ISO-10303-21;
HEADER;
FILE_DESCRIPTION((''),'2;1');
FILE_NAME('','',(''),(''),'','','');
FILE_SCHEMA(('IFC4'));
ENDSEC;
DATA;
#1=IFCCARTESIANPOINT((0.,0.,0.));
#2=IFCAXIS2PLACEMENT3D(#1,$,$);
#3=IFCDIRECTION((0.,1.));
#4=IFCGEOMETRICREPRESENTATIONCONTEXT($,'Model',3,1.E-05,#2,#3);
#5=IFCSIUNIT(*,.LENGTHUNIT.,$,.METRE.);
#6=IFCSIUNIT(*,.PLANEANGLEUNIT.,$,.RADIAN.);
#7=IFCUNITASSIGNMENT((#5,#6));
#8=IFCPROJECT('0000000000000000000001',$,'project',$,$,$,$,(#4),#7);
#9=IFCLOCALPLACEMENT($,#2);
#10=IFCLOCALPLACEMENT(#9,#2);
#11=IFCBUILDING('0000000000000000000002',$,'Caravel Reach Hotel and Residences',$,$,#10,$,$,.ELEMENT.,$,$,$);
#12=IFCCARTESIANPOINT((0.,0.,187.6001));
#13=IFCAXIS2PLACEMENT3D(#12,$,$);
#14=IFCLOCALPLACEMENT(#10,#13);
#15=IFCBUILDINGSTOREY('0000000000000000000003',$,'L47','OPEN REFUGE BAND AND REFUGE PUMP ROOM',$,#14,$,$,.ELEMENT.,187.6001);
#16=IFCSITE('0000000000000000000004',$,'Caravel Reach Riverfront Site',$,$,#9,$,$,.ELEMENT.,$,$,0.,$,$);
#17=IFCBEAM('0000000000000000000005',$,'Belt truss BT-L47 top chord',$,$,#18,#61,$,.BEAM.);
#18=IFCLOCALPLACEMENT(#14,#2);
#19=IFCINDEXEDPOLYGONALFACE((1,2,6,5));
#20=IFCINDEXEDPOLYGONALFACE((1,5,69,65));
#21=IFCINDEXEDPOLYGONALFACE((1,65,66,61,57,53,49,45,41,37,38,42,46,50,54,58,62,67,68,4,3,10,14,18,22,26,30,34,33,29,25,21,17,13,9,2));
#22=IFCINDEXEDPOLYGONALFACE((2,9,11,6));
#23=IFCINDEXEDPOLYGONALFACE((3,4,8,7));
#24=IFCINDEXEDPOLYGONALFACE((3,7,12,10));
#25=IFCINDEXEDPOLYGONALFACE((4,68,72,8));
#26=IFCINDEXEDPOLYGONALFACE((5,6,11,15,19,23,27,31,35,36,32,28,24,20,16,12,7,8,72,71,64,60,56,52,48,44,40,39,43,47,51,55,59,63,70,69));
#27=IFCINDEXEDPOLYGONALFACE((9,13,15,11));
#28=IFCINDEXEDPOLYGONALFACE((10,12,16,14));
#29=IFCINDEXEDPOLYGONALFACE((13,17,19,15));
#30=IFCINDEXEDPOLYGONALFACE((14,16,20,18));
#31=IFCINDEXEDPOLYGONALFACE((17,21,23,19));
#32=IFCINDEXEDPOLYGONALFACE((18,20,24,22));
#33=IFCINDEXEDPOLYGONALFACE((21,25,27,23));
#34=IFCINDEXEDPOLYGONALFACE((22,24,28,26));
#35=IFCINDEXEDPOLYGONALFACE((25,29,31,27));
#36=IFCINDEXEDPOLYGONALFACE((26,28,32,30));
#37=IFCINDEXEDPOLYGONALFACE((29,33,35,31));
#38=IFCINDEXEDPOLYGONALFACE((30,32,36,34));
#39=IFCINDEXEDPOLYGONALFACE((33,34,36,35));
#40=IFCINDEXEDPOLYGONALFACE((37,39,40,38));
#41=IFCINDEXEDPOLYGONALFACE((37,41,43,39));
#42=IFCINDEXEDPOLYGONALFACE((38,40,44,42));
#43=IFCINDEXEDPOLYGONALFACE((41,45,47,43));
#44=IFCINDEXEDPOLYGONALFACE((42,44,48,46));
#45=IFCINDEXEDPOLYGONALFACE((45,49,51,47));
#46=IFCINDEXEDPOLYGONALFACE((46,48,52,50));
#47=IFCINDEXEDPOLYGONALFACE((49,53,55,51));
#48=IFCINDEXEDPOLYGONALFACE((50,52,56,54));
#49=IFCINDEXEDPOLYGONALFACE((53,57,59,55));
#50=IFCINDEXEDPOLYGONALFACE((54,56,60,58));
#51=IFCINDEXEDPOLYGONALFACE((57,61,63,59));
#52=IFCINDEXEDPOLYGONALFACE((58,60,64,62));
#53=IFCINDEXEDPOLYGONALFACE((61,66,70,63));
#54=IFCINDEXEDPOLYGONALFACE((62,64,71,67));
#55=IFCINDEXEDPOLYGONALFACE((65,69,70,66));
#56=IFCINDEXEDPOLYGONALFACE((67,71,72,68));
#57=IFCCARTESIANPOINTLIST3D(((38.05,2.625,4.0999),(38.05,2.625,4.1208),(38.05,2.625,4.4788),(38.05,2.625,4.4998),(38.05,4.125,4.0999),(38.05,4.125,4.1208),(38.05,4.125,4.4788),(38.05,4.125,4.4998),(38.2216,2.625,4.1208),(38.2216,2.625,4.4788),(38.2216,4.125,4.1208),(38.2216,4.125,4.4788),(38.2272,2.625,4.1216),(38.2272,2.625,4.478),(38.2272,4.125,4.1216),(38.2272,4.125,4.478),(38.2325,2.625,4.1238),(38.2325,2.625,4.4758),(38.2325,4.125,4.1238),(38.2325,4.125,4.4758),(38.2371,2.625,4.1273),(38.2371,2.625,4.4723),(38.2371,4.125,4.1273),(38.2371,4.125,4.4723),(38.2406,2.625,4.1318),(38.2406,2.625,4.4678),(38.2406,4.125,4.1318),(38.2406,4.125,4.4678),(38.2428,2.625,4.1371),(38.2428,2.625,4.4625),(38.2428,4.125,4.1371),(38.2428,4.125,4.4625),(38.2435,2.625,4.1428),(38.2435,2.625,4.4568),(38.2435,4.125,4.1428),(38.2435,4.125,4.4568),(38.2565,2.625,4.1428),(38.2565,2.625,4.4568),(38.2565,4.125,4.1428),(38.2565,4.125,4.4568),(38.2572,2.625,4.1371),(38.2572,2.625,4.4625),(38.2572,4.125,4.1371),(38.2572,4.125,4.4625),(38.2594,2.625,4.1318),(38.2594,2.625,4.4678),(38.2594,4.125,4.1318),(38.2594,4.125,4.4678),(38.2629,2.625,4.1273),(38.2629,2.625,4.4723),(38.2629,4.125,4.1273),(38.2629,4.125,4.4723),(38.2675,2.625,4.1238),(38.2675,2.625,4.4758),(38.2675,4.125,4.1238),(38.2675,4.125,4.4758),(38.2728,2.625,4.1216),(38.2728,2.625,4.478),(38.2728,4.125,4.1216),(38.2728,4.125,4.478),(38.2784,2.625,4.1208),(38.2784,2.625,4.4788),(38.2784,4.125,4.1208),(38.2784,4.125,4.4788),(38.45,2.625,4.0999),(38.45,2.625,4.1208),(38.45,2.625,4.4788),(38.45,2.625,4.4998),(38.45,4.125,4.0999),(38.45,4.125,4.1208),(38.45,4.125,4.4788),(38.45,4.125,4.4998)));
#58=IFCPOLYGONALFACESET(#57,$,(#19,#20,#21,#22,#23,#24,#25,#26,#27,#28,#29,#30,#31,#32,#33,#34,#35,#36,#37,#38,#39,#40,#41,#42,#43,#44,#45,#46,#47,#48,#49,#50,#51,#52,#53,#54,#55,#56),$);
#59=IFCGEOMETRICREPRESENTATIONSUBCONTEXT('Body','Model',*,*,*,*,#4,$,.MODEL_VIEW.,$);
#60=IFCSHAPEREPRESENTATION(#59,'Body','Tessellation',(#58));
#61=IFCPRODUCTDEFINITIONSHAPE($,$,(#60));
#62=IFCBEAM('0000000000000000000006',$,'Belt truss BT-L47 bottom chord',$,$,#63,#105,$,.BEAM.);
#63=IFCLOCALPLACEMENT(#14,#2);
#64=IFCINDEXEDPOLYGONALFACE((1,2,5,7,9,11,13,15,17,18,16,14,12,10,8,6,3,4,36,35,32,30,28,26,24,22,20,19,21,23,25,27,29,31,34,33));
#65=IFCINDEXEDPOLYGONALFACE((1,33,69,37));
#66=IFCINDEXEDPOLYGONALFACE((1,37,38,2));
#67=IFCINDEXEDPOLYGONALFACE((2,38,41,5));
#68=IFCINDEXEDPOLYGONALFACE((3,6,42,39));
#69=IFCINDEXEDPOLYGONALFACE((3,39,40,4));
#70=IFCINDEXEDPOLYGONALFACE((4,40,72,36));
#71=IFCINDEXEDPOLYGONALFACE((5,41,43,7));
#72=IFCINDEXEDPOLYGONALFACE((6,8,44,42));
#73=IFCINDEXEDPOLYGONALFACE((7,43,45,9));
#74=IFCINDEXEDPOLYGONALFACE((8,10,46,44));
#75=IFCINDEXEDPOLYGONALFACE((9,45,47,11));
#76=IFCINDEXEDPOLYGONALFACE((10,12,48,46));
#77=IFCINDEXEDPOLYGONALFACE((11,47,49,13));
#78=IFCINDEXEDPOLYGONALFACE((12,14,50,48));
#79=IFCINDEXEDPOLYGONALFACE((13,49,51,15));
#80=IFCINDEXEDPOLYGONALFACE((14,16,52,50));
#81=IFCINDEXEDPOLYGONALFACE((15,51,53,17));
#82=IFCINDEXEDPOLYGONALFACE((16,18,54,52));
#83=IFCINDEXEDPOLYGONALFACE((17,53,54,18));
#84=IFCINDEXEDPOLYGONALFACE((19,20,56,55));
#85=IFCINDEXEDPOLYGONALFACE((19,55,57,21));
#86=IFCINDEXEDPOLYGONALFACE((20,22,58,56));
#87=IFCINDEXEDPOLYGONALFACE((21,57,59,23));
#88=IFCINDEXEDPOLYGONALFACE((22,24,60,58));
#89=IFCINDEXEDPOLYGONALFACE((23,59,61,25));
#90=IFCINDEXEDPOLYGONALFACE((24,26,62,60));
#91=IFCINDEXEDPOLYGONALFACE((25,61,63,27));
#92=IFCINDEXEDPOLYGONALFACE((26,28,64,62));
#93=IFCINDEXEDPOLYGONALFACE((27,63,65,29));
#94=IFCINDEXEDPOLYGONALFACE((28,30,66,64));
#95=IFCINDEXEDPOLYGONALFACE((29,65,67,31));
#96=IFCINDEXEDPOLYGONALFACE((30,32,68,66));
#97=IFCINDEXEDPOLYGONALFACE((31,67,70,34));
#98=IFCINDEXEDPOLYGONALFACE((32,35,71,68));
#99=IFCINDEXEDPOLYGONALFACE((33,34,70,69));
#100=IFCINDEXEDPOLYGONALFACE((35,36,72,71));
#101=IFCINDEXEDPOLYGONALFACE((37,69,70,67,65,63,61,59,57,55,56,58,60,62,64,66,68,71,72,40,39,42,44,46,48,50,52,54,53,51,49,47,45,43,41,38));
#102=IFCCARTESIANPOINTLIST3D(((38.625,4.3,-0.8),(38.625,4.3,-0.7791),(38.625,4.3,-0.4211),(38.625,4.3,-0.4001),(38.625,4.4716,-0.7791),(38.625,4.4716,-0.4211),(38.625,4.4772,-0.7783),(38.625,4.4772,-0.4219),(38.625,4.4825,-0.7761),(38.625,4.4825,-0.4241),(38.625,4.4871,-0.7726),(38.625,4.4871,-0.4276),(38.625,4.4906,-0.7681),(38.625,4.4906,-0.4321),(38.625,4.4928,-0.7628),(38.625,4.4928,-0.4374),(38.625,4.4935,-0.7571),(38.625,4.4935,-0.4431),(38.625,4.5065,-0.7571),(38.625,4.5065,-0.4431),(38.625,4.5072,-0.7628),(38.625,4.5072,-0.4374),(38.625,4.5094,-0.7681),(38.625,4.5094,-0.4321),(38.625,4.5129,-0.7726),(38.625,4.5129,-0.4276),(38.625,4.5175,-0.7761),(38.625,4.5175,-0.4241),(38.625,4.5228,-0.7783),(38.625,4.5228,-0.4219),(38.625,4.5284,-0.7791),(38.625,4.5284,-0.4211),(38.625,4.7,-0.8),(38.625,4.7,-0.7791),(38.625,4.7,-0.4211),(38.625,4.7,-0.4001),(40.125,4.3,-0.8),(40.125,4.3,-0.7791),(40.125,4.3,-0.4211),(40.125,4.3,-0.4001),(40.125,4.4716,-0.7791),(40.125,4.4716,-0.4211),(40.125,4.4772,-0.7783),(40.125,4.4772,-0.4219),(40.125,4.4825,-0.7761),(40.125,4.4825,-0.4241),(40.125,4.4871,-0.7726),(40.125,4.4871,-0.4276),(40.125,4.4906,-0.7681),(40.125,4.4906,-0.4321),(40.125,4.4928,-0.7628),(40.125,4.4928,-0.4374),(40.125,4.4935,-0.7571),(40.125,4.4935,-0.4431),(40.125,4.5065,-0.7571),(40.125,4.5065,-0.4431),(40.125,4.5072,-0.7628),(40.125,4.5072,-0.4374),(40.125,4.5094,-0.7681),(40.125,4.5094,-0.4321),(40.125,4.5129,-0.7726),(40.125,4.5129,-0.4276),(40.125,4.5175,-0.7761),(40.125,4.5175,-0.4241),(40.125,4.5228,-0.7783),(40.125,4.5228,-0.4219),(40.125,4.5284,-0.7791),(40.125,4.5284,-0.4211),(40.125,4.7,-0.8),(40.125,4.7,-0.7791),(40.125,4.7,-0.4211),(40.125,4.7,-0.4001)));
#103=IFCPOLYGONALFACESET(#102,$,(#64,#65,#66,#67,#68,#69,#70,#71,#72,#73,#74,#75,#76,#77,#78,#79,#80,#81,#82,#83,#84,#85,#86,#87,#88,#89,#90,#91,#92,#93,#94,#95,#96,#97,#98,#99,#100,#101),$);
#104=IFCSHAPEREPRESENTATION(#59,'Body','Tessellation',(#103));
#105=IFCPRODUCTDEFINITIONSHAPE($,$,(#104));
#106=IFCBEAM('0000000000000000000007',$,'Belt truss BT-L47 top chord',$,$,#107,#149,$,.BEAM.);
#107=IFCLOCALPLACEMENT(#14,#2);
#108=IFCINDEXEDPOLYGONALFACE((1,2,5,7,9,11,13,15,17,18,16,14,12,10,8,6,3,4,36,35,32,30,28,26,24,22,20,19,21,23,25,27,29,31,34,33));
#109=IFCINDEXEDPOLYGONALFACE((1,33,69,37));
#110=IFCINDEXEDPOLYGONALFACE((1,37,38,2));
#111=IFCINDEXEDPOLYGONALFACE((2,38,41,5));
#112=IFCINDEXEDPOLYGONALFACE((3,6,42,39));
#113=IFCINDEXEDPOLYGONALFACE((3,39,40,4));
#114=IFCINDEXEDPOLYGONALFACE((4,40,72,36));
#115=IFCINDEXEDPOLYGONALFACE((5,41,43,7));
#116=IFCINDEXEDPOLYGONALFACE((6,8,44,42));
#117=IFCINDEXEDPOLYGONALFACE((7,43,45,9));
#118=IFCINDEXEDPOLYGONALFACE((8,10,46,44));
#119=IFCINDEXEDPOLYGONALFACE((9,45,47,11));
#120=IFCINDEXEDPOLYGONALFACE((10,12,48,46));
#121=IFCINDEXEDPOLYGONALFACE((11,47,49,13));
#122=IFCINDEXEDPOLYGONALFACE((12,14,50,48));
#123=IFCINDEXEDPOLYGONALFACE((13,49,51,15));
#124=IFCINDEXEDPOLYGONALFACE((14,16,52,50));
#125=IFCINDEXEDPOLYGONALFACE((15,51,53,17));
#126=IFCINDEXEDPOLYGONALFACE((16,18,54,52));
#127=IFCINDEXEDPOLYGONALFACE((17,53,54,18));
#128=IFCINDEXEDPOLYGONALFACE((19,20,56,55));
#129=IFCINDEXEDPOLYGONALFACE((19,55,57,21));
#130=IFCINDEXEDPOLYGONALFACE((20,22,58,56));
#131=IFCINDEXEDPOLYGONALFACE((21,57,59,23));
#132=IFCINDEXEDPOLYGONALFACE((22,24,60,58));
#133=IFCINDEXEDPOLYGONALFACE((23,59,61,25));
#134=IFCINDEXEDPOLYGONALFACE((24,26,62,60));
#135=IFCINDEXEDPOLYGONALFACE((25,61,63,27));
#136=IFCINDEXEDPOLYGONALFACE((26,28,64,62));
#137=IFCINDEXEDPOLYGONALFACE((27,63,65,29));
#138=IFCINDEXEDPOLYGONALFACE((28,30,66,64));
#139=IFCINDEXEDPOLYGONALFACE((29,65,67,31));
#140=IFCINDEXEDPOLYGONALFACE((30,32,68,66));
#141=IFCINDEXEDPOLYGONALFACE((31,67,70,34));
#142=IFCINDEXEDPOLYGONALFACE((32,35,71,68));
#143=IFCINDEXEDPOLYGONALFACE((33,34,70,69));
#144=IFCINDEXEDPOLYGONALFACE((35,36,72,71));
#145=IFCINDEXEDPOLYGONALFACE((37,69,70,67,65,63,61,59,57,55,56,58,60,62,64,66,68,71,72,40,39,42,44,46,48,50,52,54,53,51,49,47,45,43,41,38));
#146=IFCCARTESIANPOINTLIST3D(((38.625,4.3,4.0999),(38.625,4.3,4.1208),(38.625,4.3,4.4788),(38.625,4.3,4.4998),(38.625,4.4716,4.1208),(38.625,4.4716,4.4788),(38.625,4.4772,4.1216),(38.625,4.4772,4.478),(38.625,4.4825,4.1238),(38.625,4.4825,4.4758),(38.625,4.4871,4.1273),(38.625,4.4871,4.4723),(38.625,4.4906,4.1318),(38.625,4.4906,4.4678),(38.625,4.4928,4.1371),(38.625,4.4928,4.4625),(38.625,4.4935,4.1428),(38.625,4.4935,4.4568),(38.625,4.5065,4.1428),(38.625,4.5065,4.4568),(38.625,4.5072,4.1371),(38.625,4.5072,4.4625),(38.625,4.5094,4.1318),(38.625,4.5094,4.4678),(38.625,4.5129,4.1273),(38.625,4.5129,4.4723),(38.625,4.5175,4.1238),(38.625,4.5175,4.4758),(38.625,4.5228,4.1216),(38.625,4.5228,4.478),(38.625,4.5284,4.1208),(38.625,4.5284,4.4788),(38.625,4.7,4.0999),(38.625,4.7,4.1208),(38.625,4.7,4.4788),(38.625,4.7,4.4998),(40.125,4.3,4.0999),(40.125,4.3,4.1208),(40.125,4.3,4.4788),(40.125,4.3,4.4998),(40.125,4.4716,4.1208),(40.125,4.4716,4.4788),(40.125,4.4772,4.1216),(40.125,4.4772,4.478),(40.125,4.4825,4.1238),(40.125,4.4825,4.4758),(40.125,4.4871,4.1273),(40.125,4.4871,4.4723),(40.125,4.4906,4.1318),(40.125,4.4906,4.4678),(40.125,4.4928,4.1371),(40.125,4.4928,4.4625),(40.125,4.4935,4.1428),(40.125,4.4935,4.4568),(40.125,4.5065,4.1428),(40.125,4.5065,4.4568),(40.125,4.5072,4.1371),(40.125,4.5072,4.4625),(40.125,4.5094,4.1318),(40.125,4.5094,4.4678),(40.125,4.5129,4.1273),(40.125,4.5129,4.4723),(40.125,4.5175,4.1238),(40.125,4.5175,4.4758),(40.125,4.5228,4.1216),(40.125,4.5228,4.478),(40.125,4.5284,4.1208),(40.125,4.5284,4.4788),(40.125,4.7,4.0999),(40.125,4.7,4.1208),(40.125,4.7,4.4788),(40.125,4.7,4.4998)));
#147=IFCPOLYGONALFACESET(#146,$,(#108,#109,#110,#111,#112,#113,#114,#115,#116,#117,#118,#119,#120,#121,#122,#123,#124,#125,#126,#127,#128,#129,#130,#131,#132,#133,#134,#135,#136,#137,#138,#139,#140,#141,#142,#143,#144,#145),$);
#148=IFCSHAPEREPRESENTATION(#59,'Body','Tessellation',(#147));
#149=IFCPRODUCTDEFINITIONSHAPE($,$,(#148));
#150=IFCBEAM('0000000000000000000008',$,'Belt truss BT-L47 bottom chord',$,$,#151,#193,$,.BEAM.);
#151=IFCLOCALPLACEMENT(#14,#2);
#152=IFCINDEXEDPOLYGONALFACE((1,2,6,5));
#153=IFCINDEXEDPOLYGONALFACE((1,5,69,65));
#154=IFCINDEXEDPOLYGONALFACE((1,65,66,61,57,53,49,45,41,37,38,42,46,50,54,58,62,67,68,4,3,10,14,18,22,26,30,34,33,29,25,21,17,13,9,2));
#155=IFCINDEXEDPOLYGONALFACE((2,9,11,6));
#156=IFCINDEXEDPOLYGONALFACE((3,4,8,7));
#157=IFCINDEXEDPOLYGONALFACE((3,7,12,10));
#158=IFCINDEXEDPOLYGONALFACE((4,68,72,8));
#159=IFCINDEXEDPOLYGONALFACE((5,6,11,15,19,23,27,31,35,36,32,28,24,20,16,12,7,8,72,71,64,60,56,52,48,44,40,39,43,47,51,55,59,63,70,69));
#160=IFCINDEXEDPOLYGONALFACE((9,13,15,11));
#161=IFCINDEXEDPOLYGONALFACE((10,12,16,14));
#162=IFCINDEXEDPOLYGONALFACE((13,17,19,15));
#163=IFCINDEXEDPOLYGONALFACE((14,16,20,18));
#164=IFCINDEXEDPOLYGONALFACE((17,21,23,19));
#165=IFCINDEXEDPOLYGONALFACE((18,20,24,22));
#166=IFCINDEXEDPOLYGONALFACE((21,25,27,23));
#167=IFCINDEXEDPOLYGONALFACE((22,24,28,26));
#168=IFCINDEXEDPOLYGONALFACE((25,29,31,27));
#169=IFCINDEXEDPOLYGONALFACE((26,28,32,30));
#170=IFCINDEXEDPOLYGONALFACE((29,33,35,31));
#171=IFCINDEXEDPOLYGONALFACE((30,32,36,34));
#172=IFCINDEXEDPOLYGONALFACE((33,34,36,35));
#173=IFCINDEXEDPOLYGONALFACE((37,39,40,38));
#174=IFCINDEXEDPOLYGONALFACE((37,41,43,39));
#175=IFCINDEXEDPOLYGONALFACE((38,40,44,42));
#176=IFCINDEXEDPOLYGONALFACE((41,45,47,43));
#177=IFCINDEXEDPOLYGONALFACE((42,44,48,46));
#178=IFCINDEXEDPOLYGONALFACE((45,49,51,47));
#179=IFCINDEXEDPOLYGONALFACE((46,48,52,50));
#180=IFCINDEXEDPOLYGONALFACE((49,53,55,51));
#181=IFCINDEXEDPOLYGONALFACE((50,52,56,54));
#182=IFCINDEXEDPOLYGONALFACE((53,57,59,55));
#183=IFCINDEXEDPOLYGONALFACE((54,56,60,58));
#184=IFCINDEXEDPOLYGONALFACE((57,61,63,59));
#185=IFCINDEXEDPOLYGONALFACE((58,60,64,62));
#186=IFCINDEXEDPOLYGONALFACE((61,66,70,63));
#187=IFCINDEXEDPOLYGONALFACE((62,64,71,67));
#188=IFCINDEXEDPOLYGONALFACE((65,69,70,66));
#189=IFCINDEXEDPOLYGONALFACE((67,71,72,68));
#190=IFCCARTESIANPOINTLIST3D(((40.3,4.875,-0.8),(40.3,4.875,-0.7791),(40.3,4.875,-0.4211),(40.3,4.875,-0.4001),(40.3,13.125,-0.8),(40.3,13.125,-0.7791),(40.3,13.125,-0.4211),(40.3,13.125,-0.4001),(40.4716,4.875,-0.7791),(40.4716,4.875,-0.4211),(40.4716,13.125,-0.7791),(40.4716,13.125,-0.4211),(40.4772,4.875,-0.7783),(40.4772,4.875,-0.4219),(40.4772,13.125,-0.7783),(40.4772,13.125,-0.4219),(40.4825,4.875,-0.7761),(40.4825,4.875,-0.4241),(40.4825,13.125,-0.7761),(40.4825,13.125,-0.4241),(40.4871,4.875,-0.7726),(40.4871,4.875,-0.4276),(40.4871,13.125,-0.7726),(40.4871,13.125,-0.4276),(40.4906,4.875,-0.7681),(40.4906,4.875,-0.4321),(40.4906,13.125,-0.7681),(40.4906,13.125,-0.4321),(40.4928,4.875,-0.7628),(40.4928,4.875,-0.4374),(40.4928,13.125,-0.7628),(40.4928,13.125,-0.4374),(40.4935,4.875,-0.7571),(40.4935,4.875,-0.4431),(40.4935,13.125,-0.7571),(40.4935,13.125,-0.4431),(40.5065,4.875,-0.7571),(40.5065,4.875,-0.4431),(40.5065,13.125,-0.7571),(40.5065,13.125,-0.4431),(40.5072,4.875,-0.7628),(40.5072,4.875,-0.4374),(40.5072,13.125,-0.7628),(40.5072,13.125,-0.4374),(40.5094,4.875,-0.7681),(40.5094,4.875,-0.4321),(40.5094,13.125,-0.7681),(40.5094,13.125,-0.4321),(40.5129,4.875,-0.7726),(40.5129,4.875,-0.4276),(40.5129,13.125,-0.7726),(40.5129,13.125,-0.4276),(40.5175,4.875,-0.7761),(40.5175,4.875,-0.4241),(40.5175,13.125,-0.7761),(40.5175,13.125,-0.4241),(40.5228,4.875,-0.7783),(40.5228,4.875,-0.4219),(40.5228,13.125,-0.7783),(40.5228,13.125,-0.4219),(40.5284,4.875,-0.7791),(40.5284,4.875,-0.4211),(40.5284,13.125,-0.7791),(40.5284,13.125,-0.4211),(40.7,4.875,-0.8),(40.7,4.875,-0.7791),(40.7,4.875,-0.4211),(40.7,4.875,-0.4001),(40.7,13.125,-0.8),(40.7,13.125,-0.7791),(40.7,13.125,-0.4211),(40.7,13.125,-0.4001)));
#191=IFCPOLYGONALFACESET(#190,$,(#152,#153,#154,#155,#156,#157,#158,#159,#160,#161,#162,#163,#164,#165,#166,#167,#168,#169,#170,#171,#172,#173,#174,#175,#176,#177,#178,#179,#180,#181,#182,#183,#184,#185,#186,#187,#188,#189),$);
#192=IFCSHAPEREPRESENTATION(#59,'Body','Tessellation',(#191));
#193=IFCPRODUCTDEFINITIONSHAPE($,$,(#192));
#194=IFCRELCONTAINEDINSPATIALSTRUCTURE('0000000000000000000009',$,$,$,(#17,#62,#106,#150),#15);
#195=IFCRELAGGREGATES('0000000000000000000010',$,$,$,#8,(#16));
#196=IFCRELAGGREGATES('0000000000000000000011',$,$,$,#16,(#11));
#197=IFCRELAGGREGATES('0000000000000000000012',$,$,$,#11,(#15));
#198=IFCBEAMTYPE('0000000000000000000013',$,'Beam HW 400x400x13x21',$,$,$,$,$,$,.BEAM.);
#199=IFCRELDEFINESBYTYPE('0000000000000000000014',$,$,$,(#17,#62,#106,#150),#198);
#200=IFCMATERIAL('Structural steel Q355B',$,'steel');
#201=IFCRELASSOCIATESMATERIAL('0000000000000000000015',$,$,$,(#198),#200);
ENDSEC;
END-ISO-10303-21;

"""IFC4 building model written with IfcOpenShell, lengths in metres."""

from ifc_helpers import new_model, si_unit, direction, frame, origin, origin_2d, place, context, subcontext, project, spatial, i_section, extrude, material, material_profile, profile_set, type_object, element, save


model = new_model("IFC4")

# Units and contexts
model_context = context("Model", 3, precision=1e-05, world=origin(), true_north=direction((0.0, 1.0)))
body_context = subcontext(model_context, "Body", "Model", "MODEL_VIEW")
ifc_project = project(units=[si_unit("LENGTHUNIT", "METRE"), si_unit("PLANEANGLEUNIT", "RADIAN")], contexts=[model_context])

# Site, building, storey
site_placement = place(None, origin())
site = spatial("IfcSite", under=ifc_project, at=site_placement, Name="Caravel Reach Riverfront Site", CompositionType="ELEMENT", RefElevation=0.0)
building_placement = place(site_placement, origin())
building = spatial("IfcBuilding", under=site, at=building_placement, Name="Caravel Reach Hotel and Residences", CompositionType="ELEMENT")
storey_placement = place(building_placement, frame((0.0, 0.0, 187.6001)))
storey = spatial("IfcBuildingStorey", under=building, at=storey_placement, Name="L47", Description="OPEN REFUGE BAND AND REFUGE PUMP ROOM", CompositionType="ELEMENT", Elevation=187.6001)

# Beams
ifc_material_1 = material(Name="Structural steel Q355B", Category="steel")
ifc_material_profile_1 = material_profile(ifc_material_1, i_section(OverallWidth=0.3999, OverallDepth=0.3999, WebThickness=0.0129, FlangeThickness=0.021, FilletRadius=0.022, at=origin_2d()), Name="HW 400x400x13x21")
ifc_profile_set_1 = profile_set([ifc_material_profile_1], Name="Structural steel Q355B")
beam_type_1 = type_object("IfcBeamType", Name="Beam HW 400x400x13x21", PredefinedType="BEAM", material=ifc_profile_set_1)
for number, where, z_axis, x_axis, name in (
    (1, (38.25, 2.625, 4.2998), (0.0, 1.0, 0.0), (-1.0, 0.0, 0.0), "Belt truss BT-L47 top chord"),
    (2, (38.625, 4.5, -0.6001), (1.0, 0.0, 0.0), (0.0, 1.0, 0.0), "Belt truss BT-L47 bottom chord"),
    (3, (38.625, 4.5, 4.2998), (1.0, 0.0, 0.0), (0.0, 1.0, 0.0), "Belt truss BT-L47 top chord"),
):
    element("IfcBeam", number, at=place(storey_placement, frame(where, z_axis=z_axis, x_axis=x_axis)), inside=storey, type_object=beam_type_1, Name=name, PredefinedType="BEAM", context=body_context, shape_type="SweptSolid", body=[
        extrude(i_section(OverallWidth=0.3999, OverallDepth=0.3999, WebThickness=0.0129, FlangeThickness=0.021, FilletRadius=0.022, at=origin_2d()), origin(), (0.0, 0.0, 1.0), 1.5),
    ])
for number, where, z_axis, x_axis, name in (
    (4, (40.5, 4.875, -0.6001), (0.0, 1.0, 0.0), (-1.0, 0.0, 0.0), "Belt truss BT-L47 bottom chord"),
):
    element("IfcBeam", number, at=place(storey_placement, frame(where, z_axis=z_axis, x_axis=x_axis)), inside=storey, type_object=beam_type_1, Name=name, PredefinedType="BEAM", context=body_context, shape_type="SweptSolid", body=[
        extrude(i_section(OverallWidth=0.3999, OverallDepth=0.3999, WebThickness=0.0129, FlangeThickness=0.021, FilletRadius=0.022, at=origin_2d()), origin(), (0.0, 0.0, 1.0), 8.25),
    ])

save(model, "model.ifc")
